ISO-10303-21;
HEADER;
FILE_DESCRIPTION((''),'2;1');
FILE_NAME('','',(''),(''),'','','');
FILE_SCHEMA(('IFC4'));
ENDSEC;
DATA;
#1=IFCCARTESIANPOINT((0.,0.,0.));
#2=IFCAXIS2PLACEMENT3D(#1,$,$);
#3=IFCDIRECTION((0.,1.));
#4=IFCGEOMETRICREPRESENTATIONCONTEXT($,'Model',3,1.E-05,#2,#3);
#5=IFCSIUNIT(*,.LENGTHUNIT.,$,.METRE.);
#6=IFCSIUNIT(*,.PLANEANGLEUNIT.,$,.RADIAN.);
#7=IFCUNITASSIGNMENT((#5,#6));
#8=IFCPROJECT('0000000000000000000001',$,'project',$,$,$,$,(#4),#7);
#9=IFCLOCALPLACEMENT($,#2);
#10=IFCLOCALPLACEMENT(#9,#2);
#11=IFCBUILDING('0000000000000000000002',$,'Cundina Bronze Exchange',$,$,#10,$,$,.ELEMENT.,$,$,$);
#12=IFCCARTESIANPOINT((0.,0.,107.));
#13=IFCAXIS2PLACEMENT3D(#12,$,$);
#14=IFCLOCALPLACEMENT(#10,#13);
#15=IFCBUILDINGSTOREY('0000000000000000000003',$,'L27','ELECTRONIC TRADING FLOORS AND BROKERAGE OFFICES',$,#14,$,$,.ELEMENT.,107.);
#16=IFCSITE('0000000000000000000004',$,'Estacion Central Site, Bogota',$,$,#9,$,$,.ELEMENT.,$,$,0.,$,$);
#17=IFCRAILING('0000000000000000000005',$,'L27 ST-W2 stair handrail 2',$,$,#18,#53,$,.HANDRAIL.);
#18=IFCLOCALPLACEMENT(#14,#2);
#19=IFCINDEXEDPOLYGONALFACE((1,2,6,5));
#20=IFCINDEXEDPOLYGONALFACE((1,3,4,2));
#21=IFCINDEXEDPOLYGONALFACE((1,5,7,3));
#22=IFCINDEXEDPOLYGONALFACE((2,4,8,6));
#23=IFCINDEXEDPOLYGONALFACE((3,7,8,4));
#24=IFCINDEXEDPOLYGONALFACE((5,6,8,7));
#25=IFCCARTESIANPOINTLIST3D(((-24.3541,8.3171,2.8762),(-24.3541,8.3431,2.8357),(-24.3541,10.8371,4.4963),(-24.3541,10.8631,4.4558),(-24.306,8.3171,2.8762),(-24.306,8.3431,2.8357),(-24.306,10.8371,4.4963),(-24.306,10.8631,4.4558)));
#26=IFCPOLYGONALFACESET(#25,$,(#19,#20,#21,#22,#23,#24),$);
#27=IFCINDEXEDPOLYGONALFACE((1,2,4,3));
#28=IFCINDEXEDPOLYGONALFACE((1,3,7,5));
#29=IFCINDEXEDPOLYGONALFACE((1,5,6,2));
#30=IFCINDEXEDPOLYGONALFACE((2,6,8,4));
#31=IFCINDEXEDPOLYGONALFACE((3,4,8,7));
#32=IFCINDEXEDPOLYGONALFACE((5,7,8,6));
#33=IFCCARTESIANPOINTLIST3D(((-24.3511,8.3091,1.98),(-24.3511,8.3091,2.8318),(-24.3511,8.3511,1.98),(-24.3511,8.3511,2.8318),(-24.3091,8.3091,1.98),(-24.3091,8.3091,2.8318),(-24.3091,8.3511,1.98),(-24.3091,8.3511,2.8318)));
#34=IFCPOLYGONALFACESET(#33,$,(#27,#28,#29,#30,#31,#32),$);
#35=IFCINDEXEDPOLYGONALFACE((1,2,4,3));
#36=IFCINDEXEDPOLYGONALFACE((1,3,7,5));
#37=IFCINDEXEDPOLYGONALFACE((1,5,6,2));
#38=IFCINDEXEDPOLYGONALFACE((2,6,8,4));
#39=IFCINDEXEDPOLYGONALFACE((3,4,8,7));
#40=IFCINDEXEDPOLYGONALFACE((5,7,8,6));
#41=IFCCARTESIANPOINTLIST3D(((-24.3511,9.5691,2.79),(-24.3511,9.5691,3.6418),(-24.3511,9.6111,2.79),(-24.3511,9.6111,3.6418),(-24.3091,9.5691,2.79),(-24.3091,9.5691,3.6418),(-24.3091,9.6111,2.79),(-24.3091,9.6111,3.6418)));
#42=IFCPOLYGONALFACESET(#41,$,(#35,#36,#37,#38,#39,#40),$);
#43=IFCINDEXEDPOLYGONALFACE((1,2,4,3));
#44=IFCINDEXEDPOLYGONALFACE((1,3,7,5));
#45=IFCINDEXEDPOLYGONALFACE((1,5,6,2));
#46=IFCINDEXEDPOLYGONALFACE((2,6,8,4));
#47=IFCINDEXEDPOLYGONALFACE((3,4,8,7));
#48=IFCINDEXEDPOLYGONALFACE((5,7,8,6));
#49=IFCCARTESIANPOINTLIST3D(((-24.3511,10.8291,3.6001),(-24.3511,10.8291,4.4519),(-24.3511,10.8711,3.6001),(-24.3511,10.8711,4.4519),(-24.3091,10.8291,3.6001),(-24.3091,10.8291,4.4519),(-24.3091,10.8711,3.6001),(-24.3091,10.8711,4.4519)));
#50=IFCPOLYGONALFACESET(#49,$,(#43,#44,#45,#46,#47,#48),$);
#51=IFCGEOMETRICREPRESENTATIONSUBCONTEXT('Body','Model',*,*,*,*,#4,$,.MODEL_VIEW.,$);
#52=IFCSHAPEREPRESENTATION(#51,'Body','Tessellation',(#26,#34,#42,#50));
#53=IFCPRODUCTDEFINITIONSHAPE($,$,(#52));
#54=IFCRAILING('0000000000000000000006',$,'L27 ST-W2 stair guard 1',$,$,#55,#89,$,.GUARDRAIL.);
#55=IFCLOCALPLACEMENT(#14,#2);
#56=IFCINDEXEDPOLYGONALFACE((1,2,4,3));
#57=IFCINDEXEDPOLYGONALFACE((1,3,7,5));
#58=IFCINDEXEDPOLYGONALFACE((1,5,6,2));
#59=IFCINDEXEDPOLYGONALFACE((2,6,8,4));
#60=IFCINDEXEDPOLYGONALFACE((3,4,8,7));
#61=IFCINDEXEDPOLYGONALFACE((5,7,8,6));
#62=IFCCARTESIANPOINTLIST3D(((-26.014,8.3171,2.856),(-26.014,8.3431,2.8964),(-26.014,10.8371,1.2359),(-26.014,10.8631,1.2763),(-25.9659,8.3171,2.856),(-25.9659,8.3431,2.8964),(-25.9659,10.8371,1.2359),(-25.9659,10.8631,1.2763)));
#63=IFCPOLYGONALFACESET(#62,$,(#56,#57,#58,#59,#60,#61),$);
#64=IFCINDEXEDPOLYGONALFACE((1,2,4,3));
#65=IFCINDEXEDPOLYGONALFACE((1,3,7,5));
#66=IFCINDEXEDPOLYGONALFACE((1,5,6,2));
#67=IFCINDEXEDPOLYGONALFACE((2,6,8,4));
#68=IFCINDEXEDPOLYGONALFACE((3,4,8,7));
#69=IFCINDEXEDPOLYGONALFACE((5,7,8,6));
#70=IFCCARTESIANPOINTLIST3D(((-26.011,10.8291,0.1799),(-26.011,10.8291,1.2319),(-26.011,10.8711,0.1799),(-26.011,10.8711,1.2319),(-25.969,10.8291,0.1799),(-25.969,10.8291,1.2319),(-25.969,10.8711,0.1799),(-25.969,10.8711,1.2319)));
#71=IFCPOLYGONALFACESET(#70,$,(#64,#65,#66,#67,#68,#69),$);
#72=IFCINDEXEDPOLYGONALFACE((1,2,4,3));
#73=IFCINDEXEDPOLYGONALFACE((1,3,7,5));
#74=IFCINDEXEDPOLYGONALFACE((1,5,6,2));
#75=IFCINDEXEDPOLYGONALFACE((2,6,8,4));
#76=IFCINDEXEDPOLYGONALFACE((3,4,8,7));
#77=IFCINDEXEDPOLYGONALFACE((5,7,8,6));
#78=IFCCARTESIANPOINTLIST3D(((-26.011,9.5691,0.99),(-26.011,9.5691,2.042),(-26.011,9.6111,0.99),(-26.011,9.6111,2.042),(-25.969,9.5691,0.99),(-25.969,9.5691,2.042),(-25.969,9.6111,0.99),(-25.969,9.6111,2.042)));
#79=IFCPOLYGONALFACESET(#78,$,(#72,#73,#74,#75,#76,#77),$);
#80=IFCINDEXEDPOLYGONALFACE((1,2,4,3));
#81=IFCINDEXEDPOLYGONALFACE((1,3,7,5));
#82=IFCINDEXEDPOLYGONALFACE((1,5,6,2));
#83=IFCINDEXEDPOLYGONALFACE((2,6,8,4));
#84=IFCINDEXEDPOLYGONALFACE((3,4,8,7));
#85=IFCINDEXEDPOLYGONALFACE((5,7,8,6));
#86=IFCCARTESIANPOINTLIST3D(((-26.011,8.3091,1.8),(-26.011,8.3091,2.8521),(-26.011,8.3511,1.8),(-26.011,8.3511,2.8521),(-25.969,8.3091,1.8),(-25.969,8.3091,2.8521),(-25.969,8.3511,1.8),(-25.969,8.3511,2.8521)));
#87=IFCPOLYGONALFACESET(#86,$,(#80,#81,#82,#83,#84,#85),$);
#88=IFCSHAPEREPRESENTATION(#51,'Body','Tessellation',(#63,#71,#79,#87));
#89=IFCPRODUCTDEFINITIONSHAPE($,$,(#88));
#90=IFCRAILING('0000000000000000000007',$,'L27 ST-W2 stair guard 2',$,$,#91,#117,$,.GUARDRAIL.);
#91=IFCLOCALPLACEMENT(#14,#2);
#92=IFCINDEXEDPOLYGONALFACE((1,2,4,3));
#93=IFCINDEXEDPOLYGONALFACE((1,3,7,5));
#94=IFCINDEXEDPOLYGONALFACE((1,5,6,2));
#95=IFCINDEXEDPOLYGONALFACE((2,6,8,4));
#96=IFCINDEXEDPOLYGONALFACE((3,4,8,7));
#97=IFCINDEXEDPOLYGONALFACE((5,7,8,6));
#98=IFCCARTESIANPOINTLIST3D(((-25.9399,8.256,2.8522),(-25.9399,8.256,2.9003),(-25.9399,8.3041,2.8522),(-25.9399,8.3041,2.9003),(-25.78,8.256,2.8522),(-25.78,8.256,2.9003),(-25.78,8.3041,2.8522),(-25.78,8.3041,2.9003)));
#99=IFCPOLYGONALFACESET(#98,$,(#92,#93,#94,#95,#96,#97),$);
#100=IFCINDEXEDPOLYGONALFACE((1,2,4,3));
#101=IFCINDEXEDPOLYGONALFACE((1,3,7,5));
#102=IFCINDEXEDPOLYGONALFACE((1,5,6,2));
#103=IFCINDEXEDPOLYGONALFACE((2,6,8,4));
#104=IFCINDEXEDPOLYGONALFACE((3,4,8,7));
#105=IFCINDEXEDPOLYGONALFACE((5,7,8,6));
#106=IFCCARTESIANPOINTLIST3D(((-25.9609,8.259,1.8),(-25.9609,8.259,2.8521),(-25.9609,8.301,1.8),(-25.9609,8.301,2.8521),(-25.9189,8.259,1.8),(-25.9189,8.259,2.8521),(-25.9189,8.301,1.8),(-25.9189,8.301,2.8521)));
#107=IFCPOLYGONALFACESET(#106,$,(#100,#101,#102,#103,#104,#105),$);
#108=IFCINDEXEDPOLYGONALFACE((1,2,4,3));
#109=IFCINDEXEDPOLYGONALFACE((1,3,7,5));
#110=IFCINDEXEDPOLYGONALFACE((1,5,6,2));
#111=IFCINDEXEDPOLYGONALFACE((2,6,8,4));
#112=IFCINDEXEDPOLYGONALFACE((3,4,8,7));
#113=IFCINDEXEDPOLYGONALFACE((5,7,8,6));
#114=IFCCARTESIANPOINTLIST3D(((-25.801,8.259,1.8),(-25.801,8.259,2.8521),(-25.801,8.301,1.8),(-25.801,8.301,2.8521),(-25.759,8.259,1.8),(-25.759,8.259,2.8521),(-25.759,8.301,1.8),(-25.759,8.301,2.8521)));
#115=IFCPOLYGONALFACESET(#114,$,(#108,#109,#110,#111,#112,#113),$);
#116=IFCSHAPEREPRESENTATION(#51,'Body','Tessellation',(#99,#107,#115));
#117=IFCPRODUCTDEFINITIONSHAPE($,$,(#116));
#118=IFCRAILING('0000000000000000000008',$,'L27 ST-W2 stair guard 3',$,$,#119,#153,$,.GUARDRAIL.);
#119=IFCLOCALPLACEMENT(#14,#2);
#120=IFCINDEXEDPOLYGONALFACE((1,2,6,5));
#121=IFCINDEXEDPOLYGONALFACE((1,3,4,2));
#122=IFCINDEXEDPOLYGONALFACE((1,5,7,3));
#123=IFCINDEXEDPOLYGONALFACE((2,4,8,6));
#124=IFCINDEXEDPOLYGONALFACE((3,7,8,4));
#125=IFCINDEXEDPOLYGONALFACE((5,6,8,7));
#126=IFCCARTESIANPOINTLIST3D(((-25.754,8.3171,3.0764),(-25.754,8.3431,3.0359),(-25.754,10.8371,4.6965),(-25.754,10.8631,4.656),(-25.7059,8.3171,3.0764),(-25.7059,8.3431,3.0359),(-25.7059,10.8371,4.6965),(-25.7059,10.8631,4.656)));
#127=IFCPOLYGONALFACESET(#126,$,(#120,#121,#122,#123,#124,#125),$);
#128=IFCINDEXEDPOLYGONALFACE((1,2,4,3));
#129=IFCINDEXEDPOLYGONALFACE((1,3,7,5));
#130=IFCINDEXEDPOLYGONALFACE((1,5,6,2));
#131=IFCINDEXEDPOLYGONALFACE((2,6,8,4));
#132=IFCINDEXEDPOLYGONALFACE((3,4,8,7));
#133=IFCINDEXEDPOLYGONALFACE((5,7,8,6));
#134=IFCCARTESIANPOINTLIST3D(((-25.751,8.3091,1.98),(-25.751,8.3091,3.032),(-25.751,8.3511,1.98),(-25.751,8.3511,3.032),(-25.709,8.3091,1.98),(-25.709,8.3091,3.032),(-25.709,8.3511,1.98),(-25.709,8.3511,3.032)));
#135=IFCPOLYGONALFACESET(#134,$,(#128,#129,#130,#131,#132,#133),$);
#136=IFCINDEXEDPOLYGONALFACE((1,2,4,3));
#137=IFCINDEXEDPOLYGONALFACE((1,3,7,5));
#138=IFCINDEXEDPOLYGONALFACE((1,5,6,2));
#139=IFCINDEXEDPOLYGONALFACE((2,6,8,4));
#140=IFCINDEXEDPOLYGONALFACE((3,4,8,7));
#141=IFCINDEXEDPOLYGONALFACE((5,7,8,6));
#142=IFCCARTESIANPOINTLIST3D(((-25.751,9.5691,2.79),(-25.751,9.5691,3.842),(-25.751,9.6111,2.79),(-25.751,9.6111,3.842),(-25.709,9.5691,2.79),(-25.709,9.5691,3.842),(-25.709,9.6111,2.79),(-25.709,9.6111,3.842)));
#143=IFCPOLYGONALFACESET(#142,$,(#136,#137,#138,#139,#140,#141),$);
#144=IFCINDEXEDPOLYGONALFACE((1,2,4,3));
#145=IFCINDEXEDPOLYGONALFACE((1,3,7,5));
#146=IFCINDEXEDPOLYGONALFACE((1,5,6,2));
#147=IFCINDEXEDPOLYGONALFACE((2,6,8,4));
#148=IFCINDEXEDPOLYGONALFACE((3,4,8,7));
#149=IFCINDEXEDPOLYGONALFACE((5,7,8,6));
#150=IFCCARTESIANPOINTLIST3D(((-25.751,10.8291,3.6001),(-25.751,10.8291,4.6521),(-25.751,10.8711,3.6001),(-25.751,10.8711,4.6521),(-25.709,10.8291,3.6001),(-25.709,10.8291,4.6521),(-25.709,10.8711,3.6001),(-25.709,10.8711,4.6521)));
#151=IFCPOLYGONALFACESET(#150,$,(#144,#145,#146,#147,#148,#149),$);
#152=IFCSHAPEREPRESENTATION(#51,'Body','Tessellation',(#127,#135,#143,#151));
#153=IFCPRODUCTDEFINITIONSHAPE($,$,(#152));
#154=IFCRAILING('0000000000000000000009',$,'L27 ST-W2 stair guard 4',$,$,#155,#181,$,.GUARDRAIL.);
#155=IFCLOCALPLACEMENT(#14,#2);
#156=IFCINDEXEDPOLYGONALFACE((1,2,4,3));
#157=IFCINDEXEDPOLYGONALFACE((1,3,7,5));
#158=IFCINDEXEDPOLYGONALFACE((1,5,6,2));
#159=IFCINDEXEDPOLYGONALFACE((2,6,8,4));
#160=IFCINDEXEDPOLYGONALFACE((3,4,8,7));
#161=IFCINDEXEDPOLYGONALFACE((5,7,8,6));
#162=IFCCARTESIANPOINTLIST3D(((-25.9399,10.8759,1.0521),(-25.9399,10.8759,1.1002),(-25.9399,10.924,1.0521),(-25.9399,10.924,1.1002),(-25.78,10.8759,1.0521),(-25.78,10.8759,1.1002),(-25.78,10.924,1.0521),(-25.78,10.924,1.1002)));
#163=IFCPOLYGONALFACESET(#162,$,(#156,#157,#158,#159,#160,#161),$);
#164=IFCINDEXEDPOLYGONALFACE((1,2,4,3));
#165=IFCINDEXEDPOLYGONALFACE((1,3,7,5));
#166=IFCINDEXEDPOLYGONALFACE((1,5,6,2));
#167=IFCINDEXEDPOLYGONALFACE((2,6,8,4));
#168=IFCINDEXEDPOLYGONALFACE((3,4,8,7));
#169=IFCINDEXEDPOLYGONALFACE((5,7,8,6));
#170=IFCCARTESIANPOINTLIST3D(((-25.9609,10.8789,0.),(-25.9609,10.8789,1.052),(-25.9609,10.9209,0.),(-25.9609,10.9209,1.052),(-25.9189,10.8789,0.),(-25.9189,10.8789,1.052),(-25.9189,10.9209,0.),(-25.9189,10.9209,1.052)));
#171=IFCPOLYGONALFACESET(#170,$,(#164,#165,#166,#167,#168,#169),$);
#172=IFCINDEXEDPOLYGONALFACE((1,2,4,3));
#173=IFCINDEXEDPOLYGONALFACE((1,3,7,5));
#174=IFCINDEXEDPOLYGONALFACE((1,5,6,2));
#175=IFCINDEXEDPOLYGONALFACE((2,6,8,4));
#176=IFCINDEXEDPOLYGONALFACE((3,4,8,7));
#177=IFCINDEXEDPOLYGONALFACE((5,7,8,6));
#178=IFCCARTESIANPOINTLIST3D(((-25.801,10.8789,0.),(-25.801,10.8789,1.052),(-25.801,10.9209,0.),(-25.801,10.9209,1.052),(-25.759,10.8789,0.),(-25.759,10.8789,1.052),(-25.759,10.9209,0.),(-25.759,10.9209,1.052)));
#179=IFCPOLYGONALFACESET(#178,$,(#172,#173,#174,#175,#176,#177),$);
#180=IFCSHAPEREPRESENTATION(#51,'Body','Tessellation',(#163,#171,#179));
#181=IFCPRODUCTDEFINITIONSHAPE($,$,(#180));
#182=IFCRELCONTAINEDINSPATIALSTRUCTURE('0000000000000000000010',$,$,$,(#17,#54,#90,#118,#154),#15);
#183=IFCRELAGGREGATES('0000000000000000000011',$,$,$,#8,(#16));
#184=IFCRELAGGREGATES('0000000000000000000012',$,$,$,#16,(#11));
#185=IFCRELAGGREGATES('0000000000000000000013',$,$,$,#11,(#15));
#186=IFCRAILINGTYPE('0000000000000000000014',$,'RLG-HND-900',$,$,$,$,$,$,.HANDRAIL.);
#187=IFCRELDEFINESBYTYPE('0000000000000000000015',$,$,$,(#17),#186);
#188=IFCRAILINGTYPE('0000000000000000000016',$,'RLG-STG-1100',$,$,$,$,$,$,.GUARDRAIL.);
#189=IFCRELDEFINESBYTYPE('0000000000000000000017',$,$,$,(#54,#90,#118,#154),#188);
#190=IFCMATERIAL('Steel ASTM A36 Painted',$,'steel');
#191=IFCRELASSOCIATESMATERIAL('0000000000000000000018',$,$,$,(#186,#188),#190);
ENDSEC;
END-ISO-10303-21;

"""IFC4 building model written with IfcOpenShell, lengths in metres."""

from ifc_helpers import new_model, si_unit, direction, frame, origin, origin_2d, place, context, subcontext, project, spatial, rectangle, extrude, material, type_object, element, save


model = new_model("IFC4")

# Units and contexts
model_context = context("Model", 3, precision=1e-05, world=origin(), true_north=direction((0.0, 1.0)))
body_context = subcontext(model_context, "Body", "Model", "MODEL_VIEW")
ifc_project = project(units=[si_unit("LENGTHUNIT", "METRE"), si_unit("PLANEANGLEUNIT", "RADIAN")], contexts=[model_context])

# Site, building, storey
site_placement = place(None, origin())
site = spatial("IfcSite", under=ifc_project, at=site_placement, Name="Estacion Central Site, Bogota", CompositionType="ELEMENT", RefElevation=0.0)
building_placement = place(site_placement, origin())
building = spatial("IfcBuilding", under=site, at=building_placement, Name="Cundina Bronze Exchange", CompositionType="ELEMENT")
storey_placement = place(building_placement, frame((0.0, 0.0, 107.0)))
storey = spatial("IfcBuildingStorey", under=building, at=storey_placement, Name="L27", Description="ELECTRONIC TRADING FLOORS AND BROKERAGE OFFICES", CompositionType="ELEMENT", Elevation=107.0)

# Shared definitions
ifc_material_1 = material(Name="Steel ASTM A36 Painted", Category="steel")

# Railings
railing_type_1 = type_object("IfcRailingType", Name="RLG-HND-900", PredefinedType="HANDRAIL", material=ifc_material_1)
railing_1_placement = place(storey_placement, frame((-24.3301, 8.3301, 1.98)))
element("IfcRailing", 1, at=railing_1_placement, inside=storey, type_object=railing_type_1, Name="L27 ST-W2 stair handrail 2", PredefinedType="HANDRAIL", context=body_context, shape_type="SweptSolid", body=[
    extrude(rectangle(XDim=0.0481, YDim=0.0481, at=origin_2d()), frame((0.0, 0.0, 0.876), z_axis=(0.0, 0.841163, 0.540782), x_axis=(-1.0, 0.0, 0.0)), (0.0, 0.0, 1.0), 2.9958),
    extrude(rectangle(XDim=0.042, YDim=0.042, at=origin_2d()), origin(), (0.0, 0.0, 1.0), 0.8518),
    extrude(rectangle(XDim=0.042, YDim=0.042, at=origin_2d()), frame((0.0, 1.26, 0.8101)), (0.0, 0.0, 1.0), 0.8518),
    extrude(rectangle(XDim=0.042, YDim=0.042, at=origin_2d()), frame((0.0, 2.52, 1.6201)), (0.0, 0.0, 1.0), 0.8518),
])
railing_type_2 = type_object("IfcRailingType", Name="RLG-STG-1100", PredefinedType="GUARDRAIL", material=ifc_material_1)
railing_2_placement = place(storey_placement, frame((-25.99, 10.8501, 0.1799)))
element("IfcRailing", 2, at=railing_2_placement, inside=storey, type_object=railing_type_2, Name="L27 ST-W2 stair guard 1", PredefinedType="GUARDRAIL", context=body_context, shape_type="SweptSolid", body=[
    extrude(rectangle(XDim=0.0481, YDim=0.0481, at=origin_2d()), frame((0.0, 0.0, 1.0762), z_axis=(0.0, -0.841163, 0.540782), x_axis=(1.0, 0.0, 0.0)), (0.0, 0.0, 1.0), 2.9958),
    extrude(rectangle(XDim=0.042, YDim=0.042, at=origin_2d()), origin(), (0.0, 0.0, 1.0), 1.052),
    extrude(rectangle(XDim=0.042, YDim=0.042, at=origin_2d()), frame((0.0, -1.26, 0.8101)), (0.0, 0.0, 1.0), 1.052),
    extrude(rectangle(XDim=0.042, YDim=0.042, at=origin_2d()), frame((0.0, -2.52, 1.6201)), (0.0, 0.0, 1.0), 1.052),
])
railing_3_placement = place(storey_placement, frame((-25.9399, 8.28, 1.8)))
element("IfcRailing", 3, at=railing_3_placement, inside=storey, type_object=railing_type_2, Name="L27 ST-W2 stair guard 2", PredefinedType="GUARDRAIL", context=body_context, shape_type="SweptSolid", body=[
    extrude(rectangle(XDim=0.0481, YDim=0.0481, at=origin_2d()), frame((0.0, 0.0, 1.0762), z_axis=(1.0, 0.0, 0.0), x_axis=(0.0, 1.0, 0.0)), (0.0, 0.0, 1.0), 0.1599),
    extrude(rectangle(XDim=0.042, YDim=0.042, at=origin_2d()), origin(), (0.0, 0.0, 1.0), 1.052),
    extrude(rectangle(XDim=0.042, YDim=0.042, at=origin_2d()), frame((0.1599, 0.0, 0.0)), (0.0, 0.0, 1.0), 1.052),
])
railing_4_placement = place(storey_placement, frame((-25.73, 8.3301, 1.98)))
element("IfcRailing", 4, at=railing_4_placement, inside=storey, type_object=railing_type_2, Name="L27 ST-W2 stair guard 3", PredefinedType="GUARDRAIL", context=body_context, shape_type="SweptSolid", body=[
    extrude(rectangle(XDim=0.0481, YDim=0.0481, at=origin_2d()), frame((0.0, 0.0, 1.0762), z_axis=(0.0, 0.841163, 0.540782), x_axis=(-1.0, 0.0, 0.0)), (0.0, 0.0, 1.0), 2.9958),
    extrude(rectangle(XDim=0.042, YDim=0.042, at=origin_2d()), origin(), (0.0, 0.0, 1.0), 1.052),
    extrude(rectangle(XDim=0.042, YDim=0.042, at=origin_2d()), frame((0.0, 1.26, 0.8101)), (0.0, 0.0, 1.0), 1.052),
    extrude(rectangle(XDim=0.042, YDim=0.042, at=origin_2d()), frame((0.0, 2.52, 1.6201)), (0.0, 0.0, 1.0), 1.052),
])
railing_5_placement = place(storey_placement, frame((-25.9399, 10.8999, 0.0)))
element("IfcRailing", 5, at=railing_5_placement, inside=storey, type_object=railing_type_2, Name="L27 ST-W2 stair guard 4", PredefinedType="GUARDRAIL", context=body_context, shape_type="SweptSolid", body=[
    extrude(rectangle(XDim=0.0481, YDim=0.0481, at=origin_2d()), frame((0.0, 0.0, 1.0762), z_axis=(1.0, 0.0, 0.0), x_axis=(0.0, 1.0, 0.0)), (0.0, 0.0, 1.0), 0.1599),
    extrude(rectangle(XDim=0.042, YDim=0.042, at=origin_2d()), origin(), (0.0, 0.0, 1.0), 1.052),
    extrude(rectangle(XDim=0.042, YDim=0.042, at=origin_2d()), frame((0.1599, 0.0, 0.0)), (0.0, 0.0, 1.0), 1.052),
])

save(model, "model.ifc")
